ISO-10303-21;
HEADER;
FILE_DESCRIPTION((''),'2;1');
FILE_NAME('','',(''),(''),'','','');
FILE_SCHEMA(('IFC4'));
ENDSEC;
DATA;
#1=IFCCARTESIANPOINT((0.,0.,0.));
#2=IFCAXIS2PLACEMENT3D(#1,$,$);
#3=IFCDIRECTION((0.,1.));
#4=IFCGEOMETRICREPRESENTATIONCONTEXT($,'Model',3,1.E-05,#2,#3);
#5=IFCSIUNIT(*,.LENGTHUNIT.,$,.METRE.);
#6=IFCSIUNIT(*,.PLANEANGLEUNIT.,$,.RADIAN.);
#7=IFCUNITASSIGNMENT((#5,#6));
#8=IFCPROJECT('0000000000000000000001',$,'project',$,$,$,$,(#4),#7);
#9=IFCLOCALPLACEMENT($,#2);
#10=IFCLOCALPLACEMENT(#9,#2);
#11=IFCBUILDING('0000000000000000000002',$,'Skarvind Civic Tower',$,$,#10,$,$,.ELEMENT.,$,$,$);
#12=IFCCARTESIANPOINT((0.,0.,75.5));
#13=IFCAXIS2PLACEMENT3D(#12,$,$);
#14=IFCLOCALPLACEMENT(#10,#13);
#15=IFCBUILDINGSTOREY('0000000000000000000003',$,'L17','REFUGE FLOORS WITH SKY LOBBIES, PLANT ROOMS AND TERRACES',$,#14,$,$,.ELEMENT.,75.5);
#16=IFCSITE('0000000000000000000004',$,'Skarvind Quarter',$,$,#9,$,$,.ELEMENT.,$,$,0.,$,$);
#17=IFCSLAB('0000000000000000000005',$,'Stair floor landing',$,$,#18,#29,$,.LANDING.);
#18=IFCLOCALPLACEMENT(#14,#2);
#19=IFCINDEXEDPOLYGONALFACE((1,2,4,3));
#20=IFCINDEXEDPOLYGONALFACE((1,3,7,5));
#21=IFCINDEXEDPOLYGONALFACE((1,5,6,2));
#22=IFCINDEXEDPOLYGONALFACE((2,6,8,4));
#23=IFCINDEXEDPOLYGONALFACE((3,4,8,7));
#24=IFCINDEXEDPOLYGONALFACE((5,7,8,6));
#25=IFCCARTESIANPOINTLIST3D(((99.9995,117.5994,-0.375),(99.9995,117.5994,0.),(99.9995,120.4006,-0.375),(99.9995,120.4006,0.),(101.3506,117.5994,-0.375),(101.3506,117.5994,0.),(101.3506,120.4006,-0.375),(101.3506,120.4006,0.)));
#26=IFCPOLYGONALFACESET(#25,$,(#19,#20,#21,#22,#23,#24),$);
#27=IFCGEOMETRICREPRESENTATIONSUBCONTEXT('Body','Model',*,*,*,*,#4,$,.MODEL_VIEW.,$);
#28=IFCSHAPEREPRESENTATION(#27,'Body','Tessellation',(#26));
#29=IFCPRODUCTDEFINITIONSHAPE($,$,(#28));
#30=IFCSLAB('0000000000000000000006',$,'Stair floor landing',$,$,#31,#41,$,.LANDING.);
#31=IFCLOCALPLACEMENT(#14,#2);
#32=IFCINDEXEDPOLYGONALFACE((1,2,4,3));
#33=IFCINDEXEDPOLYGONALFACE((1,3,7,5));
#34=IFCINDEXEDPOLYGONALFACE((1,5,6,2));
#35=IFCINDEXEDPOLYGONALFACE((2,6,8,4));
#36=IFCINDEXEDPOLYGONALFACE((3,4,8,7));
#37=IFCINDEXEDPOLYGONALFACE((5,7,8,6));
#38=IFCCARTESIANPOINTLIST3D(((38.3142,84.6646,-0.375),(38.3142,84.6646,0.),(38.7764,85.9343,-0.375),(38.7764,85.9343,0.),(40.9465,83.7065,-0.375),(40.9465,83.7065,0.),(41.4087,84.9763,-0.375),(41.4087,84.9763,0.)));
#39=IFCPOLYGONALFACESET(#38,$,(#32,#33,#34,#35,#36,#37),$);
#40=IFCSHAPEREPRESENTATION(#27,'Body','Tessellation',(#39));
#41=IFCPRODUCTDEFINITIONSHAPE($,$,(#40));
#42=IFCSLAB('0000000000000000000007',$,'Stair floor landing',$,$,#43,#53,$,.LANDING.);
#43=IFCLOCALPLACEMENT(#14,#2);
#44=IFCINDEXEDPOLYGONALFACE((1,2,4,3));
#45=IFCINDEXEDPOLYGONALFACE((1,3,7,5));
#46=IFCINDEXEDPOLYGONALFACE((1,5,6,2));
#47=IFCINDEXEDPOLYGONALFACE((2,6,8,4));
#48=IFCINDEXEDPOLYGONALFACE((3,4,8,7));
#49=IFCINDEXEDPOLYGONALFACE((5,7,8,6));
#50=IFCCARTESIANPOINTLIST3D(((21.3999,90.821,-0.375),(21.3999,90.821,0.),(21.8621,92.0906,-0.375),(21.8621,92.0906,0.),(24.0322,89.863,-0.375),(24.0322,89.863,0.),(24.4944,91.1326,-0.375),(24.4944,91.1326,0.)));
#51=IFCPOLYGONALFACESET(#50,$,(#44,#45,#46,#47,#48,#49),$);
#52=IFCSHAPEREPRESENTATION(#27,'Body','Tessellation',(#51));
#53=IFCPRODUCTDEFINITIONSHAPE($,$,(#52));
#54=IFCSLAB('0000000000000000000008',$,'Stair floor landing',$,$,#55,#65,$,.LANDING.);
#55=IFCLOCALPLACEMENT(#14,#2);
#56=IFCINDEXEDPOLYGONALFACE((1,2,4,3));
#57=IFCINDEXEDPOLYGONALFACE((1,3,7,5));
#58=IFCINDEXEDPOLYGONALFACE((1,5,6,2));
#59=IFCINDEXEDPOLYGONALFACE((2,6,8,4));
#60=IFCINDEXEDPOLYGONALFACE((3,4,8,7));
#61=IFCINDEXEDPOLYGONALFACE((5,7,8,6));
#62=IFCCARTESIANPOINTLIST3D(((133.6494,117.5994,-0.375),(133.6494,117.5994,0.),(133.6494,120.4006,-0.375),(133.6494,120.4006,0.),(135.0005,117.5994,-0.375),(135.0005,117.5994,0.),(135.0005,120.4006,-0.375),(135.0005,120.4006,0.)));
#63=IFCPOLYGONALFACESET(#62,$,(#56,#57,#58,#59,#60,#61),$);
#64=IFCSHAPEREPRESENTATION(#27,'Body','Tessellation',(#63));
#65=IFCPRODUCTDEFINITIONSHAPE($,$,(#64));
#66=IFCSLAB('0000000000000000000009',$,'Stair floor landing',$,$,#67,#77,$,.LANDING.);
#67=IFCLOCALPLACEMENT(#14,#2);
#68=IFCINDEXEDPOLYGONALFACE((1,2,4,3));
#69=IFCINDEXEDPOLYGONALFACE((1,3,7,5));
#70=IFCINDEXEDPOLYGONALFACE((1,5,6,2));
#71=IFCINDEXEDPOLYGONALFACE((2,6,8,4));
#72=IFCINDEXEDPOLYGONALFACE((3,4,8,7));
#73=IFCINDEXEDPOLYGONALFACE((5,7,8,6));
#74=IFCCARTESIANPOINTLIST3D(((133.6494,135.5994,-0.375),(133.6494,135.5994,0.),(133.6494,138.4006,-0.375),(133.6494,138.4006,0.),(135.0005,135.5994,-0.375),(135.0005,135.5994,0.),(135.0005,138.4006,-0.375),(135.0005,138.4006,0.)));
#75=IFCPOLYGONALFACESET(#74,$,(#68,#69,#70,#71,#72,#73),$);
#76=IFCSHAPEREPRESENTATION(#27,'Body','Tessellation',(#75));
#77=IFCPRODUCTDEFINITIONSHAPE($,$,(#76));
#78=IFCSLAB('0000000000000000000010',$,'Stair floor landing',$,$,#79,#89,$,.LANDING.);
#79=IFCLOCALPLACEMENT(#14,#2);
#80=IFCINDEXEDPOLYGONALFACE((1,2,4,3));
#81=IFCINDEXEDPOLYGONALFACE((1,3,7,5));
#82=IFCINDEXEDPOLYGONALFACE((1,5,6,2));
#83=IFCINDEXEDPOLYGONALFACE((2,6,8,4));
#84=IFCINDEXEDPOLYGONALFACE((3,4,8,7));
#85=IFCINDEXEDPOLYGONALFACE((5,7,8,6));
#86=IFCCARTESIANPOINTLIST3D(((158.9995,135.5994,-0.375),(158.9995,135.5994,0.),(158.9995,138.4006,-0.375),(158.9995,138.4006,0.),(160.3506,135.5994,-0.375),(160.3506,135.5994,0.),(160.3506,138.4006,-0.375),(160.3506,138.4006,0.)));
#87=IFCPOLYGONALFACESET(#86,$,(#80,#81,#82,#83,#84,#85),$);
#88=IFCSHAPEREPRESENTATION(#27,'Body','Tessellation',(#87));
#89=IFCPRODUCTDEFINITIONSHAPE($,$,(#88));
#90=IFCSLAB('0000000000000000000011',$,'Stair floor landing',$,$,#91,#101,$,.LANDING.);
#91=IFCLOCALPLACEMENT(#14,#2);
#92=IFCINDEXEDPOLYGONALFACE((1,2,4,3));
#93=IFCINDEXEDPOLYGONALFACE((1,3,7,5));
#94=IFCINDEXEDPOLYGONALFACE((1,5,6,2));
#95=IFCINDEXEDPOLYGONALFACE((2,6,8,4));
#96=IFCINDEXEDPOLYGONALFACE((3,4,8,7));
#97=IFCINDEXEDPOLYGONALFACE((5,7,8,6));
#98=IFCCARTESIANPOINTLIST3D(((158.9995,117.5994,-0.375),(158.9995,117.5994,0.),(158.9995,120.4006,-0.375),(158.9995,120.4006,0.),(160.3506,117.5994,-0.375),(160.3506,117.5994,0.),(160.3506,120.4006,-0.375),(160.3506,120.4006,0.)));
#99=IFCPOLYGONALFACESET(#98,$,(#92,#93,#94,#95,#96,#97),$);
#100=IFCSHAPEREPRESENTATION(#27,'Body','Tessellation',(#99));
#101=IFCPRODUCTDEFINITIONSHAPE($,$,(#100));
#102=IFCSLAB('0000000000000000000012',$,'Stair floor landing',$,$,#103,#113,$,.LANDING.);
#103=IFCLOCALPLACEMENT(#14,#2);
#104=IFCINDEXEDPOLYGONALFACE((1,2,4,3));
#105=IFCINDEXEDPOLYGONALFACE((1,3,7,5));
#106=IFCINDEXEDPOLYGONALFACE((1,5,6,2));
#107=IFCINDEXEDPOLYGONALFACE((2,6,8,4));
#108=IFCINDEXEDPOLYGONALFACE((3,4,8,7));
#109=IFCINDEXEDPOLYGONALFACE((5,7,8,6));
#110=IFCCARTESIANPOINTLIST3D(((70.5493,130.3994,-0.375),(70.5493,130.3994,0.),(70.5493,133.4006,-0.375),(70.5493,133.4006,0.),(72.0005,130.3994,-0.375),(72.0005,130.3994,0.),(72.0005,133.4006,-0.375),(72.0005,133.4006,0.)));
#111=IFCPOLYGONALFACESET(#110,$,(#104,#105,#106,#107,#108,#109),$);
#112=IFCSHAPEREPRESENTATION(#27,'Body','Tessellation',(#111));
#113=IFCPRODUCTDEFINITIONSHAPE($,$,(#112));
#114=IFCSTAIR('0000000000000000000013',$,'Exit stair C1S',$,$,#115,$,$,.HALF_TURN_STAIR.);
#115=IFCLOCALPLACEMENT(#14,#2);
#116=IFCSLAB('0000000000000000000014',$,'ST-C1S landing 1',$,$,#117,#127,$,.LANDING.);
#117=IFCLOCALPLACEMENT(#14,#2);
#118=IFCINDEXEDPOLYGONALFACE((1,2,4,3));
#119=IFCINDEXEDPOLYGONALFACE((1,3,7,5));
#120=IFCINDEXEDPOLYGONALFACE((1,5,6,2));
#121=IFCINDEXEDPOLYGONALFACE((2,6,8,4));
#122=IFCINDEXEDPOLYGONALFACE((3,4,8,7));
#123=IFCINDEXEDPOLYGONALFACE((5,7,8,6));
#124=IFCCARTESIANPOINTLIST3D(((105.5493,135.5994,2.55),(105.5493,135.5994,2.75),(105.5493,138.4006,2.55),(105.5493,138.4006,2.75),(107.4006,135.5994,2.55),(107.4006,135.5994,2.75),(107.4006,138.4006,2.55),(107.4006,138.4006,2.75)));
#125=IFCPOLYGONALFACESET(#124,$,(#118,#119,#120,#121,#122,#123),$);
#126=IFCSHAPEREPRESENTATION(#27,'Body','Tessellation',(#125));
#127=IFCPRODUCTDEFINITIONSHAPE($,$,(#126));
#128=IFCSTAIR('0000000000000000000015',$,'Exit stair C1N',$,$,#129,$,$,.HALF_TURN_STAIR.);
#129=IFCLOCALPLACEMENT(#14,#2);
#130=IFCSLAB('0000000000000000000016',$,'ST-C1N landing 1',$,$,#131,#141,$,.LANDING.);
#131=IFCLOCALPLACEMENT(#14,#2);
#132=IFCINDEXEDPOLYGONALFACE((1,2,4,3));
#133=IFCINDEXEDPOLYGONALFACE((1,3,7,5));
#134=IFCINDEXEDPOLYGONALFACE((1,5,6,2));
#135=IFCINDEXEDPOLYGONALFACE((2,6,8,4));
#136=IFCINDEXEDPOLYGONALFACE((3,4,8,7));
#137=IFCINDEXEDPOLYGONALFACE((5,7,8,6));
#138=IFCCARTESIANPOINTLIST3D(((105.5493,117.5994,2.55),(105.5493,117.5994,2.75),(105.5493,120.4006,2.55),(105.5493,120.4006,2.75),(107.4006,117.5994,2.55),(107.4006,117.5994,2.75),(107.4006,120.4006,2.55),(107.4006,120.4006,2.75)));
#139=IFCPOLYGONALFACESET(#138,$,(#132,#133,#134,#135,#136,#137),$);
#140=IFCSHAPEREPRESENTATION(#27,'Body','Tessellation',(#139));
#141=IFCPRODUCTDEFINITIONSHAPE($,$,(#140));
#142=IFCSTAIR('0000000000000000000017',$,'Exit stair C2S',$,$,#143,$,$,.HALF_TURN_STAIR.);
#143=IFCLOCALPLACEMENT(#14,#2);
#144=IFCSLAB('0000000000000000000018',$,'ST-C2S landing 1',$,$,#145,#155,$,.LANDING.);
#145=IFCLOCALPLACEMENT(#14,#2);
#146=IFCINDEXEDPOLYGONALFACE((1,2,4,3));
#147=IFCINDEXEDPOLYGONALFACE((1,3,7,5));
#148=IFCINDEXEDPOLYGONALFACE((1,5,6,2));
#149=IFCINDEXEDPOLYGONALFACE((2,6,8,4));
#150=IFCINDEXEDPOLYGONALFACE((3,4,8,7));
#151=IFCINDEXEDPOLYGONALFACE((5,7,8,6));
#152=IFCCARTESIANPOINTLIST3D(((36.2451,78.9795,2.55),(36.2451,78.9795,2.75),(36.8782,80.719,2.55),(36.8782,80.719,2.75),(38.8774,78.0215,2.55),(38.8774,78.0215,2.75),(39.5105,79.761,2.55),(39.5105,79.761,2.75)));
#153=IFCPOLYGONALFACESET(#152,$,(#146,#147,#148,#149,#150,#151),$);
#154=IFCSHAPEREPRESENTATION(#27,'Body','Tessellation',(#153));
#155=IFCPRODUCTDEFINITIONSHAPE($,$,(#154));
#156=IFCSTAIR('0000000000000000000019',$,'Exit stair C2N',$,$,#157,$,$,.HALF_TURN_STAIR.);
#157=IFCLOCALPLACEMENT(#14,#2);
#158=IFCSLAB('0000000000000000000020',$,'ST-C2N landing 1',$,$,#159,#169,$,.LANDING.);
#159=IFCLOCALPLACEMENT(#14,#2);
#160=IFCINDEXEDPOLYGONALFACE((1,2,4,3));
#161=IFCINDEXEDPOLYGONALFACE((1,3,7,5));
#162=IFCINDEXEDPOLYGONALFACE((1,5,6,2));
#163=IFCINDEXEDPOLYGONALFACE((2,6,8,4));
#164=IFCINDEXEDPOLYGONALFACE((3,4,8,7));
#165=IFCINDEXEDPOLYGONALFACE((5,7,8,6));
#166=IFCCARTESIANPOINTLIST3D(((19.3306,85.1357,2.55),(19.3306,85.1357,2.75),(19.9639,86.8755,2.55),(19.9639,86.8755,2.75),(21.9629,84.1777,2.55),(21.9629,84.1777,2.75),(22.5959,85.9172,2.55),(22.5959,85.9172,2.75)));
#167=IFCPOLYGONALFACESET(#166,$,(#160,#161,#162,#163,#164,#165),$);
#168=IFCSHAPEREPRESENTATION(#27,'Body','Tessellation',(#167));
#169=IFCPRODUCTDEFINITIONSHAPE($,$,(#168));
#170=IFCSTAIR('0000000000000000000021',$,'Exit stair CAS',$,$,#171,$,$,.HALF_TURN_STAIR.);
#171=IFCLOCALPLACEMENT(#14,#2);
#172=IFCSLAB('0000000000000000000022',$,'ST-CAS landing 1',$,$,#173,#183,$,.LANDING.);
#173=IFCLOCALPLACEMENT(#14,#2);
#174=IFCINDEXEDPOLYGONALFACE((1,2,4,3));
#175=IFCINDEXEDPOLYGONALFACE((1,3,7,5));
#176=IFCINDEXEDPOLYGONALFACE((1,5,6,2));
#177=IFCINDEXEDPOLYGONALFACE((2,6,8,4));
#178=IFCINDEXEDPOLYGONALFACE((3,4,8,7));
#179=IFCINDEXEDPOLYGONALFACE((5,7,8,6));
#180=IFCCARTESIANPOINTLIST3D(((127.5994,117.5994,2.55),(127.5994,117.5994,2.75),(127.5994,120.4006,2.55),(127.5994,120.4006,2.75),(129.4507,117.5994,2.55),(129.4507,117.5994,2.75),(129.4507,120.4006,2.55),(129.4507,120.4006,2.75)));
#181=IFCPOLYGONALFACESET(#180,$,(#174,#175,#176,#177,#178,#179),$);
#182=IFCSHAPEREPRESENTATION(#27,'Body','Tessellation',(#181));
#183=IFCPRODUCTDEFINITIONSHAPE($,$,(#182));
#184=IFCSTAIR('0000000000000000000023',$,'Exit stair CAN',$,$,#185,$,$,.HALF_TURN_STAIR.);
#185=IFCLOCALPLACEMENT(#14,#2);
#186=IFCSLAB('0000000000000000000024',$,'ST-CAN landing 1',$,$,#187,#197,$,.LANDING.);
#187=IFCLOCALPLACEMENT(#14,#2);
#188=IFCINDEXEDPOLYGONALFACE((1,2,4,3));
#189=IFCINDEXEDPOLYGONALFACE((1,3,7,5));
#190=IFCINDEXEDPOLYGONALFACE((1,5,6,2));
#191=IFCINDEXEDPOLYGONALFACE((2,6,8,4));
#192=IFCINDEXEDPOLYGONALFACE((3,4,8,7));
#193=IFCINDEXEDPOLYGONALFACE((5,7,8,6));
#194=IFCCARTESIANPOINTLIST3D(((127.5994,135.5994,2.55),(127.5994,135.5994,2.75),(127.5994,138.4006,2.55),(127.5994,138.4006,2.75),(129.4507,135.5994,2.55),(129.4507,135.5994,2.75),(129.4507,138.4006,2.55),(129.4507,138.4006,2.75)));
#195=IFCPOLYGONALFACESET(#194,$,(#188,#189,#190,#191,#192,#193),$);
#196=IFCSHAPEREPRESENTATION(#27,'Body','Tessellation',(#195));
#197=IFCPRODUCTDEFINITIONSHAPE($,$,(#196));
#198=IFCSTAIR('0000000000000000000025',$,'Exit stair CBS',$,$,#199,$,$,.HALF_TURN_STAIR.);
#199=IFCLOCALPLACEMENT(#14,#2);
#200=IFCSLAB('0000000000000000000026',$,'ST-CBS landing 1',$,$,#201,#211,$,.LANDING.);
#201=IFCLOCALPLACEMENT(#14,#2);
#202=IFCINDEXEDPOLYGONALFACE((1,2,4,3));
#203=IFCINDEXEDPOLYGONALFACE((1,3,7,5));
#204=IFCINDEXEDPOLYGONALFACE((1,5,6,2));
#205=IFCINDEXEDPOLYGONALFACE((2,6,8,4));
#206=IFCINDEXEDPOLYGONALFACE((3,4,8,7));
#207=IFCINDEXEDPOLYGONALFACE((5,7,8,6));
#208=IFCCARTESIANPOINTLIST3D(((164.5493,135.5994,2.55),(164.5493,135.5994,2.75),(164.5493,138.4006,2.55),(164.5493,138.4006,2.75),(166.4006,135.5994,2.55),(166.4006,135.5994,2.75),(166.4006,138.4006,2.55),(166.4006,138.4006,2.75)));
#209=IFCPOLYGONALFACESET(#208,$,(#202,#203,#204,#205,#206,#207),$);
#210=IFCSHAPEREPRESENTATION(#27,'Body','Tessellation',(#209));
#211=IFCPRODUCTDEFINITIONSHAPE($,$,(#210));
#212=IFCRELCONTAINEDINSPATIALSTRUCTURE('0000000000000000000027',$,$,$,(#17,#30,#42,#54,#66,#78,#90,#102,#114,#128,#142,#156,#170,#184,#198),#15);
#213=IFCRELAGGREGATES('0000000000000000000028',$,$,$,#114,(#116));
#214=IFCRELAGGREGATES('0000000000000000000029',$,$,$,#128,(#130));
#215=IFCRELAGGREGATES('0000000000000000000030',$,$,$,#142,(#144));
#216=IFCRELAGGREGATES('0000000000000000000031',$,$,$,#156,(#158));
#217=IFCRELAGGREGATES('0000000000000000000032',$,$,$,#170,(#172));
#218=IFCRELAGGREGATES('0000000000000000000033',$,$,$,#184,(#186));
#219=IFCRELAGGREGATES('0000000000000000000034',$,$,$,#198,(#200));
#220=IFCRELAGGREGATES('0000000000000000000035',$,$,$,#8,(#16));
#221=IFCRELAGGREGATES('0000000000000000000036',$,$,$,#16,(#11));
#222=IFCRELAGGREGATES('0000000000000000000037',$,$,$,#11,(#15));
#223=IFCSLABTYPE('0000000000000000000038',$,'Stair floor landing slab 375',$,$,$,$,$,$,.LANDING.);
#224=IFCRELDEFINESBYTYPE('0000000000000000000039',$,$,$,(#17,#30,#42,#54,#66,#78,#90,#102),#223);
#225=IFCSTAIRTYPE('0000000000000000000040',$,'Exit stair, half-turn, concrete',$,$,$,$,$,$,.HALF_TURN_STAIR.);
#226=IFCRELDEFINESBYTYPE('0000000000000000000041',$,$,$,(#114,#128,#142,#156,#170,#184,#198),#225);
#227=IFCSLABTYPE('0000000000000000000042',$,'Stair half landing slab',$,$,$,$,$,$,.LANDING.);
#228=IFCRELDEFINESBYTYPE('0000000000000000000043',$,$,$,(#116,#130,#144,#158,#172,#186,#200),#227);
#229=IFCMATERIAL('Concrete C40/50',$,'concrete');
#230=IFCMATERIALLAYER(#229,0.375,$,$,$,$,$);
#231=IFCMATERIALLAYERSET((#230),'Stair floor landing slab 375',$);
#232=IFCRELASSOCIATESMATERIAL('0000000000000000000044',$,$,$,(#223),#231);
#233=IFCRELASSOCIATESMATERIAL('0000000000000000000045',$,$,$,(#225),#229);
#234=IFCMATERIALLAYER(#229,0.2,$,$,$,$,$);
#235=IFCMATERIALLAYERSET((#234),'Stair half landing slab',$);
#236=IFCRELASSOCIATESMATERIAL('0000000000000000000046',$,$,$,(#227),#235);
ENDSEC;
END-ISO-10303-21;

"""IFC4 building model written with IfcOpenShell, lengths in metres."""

from ifc_helpers import new_model, si_unit, direction, frame, origin, place, context, subcontext, project, spatial, polyline, outline, extrude, material, layer, layer_set, type_object, element, aggregate, save


model = new_model("IFC4")

# Units and contexts
model_context = context("Model", 3, precision=1e-05, world=origin(), true_north=direction((0.0, 1.0)))
body_context = subcontext(model_context, "Body", "Model", "MODEL_VIEW")
ifc_project = project(units=[si_unit("LENGTHUNIT", "METRE"), si_unit("PLANEANGLEUNIT", "RADIAN")], contexts=[model_context])

# Site, building, storey
site_placement = place(None, origin())
site = spatial("IfcSite", under=ifc_project, at=site_placement, Name="Skarvind Quarter", CompositionType="ELEMENT", RefElevation=0.0)
building_placement = place(site_placement, origin())
building = spatial("IfcBuilding", under=site, at=building_placement, Name="Skarvind Civic Tower", CompositionType="ELEMENT")
storey_placement = place(building_placement, frame((0.0, 0.0, 75.5)))
storey = spatial("IfcBuildingStorey", under=building, at=storey_placement, Name="L17", Description="REFUGE FLOORS WITH SKY LOBBIES, PLANT ROOMS AND TERRACES", CompositionType="ELEMENT", Elevation=75.5)

# Slabs
ifc_material_1 = material(Name="Concrete C40/50", Category="concrete")
ifc_layer_1 = layer(ifc_material_1, 0.375)
ifc_layer_set_1 = layer_set([ifc_layer_1], Name="Stair floor landing slab 375")
slab_type_1 = type_object("IfcSlabType", Name="Stair floor landing slab 375", PredefinedType="LANDING", material=ifc_layer_set_1)
slab_1_placement = place(storey_placement, frame((0.0, 0.0, -0.375)))
element("IfcSlab", 1, at=slab_1_placement, inside=storey, type_object=slab_type_1, Name="Stair floor landing", PredefinedType="LANDING", context=body_context, shape_type="SweptSolid", body=[
    extrude(outline(polyline([(101.3506, 120.4006), (101.3506, 117.5994), (99.9995, 117.5994), (99.9995, 120.4006), (101.3506, 120.4006)])), origin(), (0.0, 0.0, 1.0), 0.375),
])
slab_2_placement = place(storey_placement, frame((0.0, 0.0, -0.375)))
element("IfcSlab", 2, at=slab_2_placement, inside=storey, type_object=slab_type_1, Name="Stair floor landing", PredefinedType="LANDING", context=body_context, shape_type="SweptSolid", body=[
    extrude(outline(polyline([(40.9465, 83.7065), (38.3142, 84.6646), (38.7764, 85.9343), (41.4087, 84.9763), (40.9465, 83.7065)])), origin(), (0.0, 0.0, 1.0), 0.375),
])
slab_3_placement = place(storey_placement, frame((0.0, 0.0, -0.375)))
element("IfcSlab", 3, at=slab_3_placement, inside=storey, type_object=slab_type_1, Name="Stair floor landing", PredefinedType="LANDING", context=body_context, shape_type="SweptSolid", body=[
    extrude(outline(polyline([(24.0322, 89.863), (21.3999, 90.821), (21.8621, 92.0906), (24.4944, 91.1326), (24.0322, 89.863)])), origin(), (0.0, 0.0, 1.0), 0.375),
])
slab_4_placement = place(storey_placement, frame((0.0, 0.0, -0.375)))
element("IfcSlab", 4, at=slab_4_placement, inside=storey, type_object=slab_type_1, Name="Stair floor landing", PredefinedType="LANDING", context=body_context, shape_type="SweptSolid", body=[
    extrude(outline(polyline([(133.6494, 117.5994), (133.6494, 120.4006), (135.0005, 120.4006), (135.0005, 117.5994), (133.6494, 117.5994)])), origin(), (0.0, 0.0, 1.0), 0.375),
])
slab_5_placement = place(storey_placement, frame((0.0, 0.0, -0.375)))
element("IfcSlab", 5, at=slab_5_placement, inside=storey, type_object=slab_type_1, Name="Stair floor landing", PredefinedType="LANDING", context=body_context, shape_type="SweptSolid", body=[
    extrude(outline(polyline([(133.6494, 135.5994), (133.6494, 138.4006), (135.0005, 138.4006), (135.0005, 135.5994), (133.6494, 135.5994)])), origin(), (0.0, 0.0, 1.0), 0.375),
])
slab_6_placement = place(storey_placement, frame((0.0, 0.0, -0.375)))
element("IfcSlab", 6, at=slab_6_placement, inside=storey, type_object=slab_type_1, Name="Stair floor landing", PredefinedType="LANDING", context=body_context, shape_type="SweptSolid", body=[
    extrude(outline(polyline([(160.3506, 138.4006), (160.3506, 135.5994), (158.9995, 135.5994), (158.9995, 138.4006), (160.3506, 138.4006)])), origin(), (0.0, 0.0, 1.0), 0.375),
])
slab_7_placement = place(storey_placement, frame((0.0, 0.0, -0.375)))
element("IfcSlab", 7, at=slab_7_placement, inside=storey, type_object=slab_type_1, Name="Stair floor landing", PredefinedType="LANDING", context=body_context, shape_type="SweptSolid", body=[
    extrude(outline(polyline([(160.3506, 120.4006), (160.3506, 117.5994), (158.9995, 117.5994), (158.9995, 120.4006), (160.3506, 120.4006)])), origin(), (0.0, 0.0, 1.0), 0.375),
])
slab_8_placement = place(storey_placement, frame((0.0, 0.0, -0.375)))
element("IfcSlab", 8, at=slab_8_placement, inside=storey, type_object=slab_type_1, Name="Stair floor landing", PredefinedType="LANDING", context=body_context, shape_type="SweptSolid", body=[
    extrude(outline(polyline([(70.5493, 130.3994), (70.5493, 133.4006), (72.0005, 133.4006), (72.0005, 130.3994), (70.5493, 130.3994)])), origin(), (0.0, 0.0, 1.0), 0.375),
])

# Stairs, slabs
stair_type_1 = type_object("IfcStairType", Name="Exit stair, half-turn, concrete", PredefinedType="HALF_TURN_STAIR", material=ifc_material_1)
stair_1_placement = place(storey_placement, origin())
stair_1 = element("IfcStair", 9, at=stair_1_placement, inside=storey, type_object=stair_type_1, Name="Exit stair C1S", PredefinedType="HALF_TURN_STAIR")
ifc_layer_2 = layer(ifc_material_1, 0.2)
ifc_layer_set_2 = layer_set([ifc_layer_2], Name="Stair half landing slab")
slab_type_2 = type_object("IfcSlabType", Name="Stair half landing slab", PredefinedType="LANDING", material=ifc_layer_set_2)
slab_9_placement = place(storey_placement, frame((0.0, 0.0, 2.55)))
slab_9 = element("IfcSlab", 10, at=slab_9_placement, type_object=slab_type_2, Name="ST-C1S landing 1", PredefinedType="LANDING", context=body_context, shape_type="SweptSolid", body=[
    extrude(outline(polyline([(105.5493, 135.5994), (105.5493, 138.4006), (107.4006, 138.4006), (107.4006, 135.5994), (105.5493, 135.5994)])), origin(), (0.0, 0.0, 1.0), 0.2),
])
aggregate(stair_1, [slab_9])
stair_2_placement = place(storey_placement, origin())
stair_2 = element("IfcStair", 11, at=stair_2_placement, inside=storey, type_object=stair_type_1, Name="Exit stair C1N", PredefinedType="HALF_TURN_STAIR")
slab_10_placement = place(storey_placement, frame((0.0, 0.0, 2.55)))
slab_10 = element("IfcSlab", 12, at=slab_10_placement, type_object=slab_type_2, Name="ST-C1N landing 1", PredefinedType="LANDING", context=body_context, shape_type="SweptSolid", body=[
    extrude(outline(polyline([(105.5493, 117.5994), (105.5493, 120.4006), (107.4006, 120.4006), (107.4006, 117.5994), (105.5493, 117.5994)])), origin(), (0.0, 0.0, 1.0), 0.2),
])
aggregate(stair_2, [slab_10])
stair_3_placement = place(storey_placement, origin())
stair_3 = element("IfcStair", 13, at=stair_3_placement, inside=storey, type_object=stair_type_1, Name="Exit stair C2S", PredefinedType="HALF_TURN_STAIR")
slab_11_placement = place(storey_placement, frame((0.0, 0.0, 2.55)))
slab_11 = element("IfcSlab", 14, at=slab_11_placement, type_object=slab_type_2, Name="ST-C2S landing 1", PredefinedType="LANDING", context=body_context, shape_type="SweptSolid", body=[
    extrude(outline(polyline([(36.8782, 80.719), (39.5105, 79.761), (38.8774, 78.0215), (36.2451, 78.9795), (36.8782, 80.719)])), origin(), (0.0, 0.0, 1.0), 0.2),
])
aggregate(stair_3, [slab_11])
stair_4_placement = place(storey_placement, origin())
stair_4 = element("IfcStair", 15, at=stair_4_placement, inside=storey, type_object=stair_type_1, Name="Exit stair C2N", PredefinedType="HALF_TURN_STAIR")
slab_12_placement = place(storey_placement, frame((0.0, 0.0, 2.55)))
slab_12 = element("IfcSlab", 16, at=slab_12_placement, type_object=slab_type_2, Name="ST-C2N landing 1", PredefinedType="LANDING", context=body_context, shape_type="SweptSolid", body=[
    extrude(outline(polyline([(19.9639, 86.8755), (22.5959, 85.9172), (21.9629, 84.1777), (19.3306, 85.1357), (19.9639, 86.8755)])), origin(), (0.0, 0.0, 1.0), 0.2),
])
aggregate(stair_4, [slab_12])
stair_5_placement = place(storey_placement, origin())
stair_5 = element("IfcStair", 17, at=stair_5_placement, inside=storey, type_object=stair_type_1, Name="Exit stair CAS", PredefinedType="HALF_TURN_STAIR")
slab_13_placement = place(storey_placement, frame((0.0, 0.0, 2.55)))
slab_13 = element("IfcSlab", 18, at=slab_13_placement, type_object=slab_type_2, Name="ST-CAS landing 1", PredefinedType="LANDING", context=body_context, shape_type="SweptSolid", body=[
    extrude(outline(polyline([(129.4507, 120.4006), (129.4507, 117.5994), (127.5994, 117.5994), (127.5994, 120.4006), (129.4507, 120.4006)])), origin(), (0.0, 0.0, 1.0), 0.2),
])
aggregate(stair_5, [slab_13])
stair_6_placement = place(storey_placement, origin())
stair_6 = element("IfcStair", 19, at=stair_6_placement, inside=storey, type_object=stair_type_1, Name="Exit stair CAN", PredefinedType="HALF_TURN_STAIR")
slab_14_placement = place(storey_placement, frame((0.0, 0.0, 2.55)))
slab_14 = element("IfcSlab", 20, at=slab_14_placement, type_object=slab_type_2, Name="ST-CAN landing 1", PredefinedType="LANDING", context=body_context, shape_type="SweptSolid", body=[
    extrude(outline(polyline([(129.4507, 138.4006), (129.4507, 135.5994), (127.5994, 135.5994), (127.5994, 138.4006), (129.4507, 138.4006)])), origin(), (0.0, 0.0, 1.0), 0.2),
])
aggregate(stair_6, [slab_14])
stair_7_placement = place(storey_placement, origin())
stair_7 = element("IfcStair", 21, at=stair_7_placement, inside=storey, type_object=stair_type_1, Name="Exit stair CBS", PredefinedType="HALF_TURN_STAIR")
slab_15_placement = place(storey_placement, frame((0.0, 0.0, 2.55)))
slab_15 = element("IfcSlab", 22, at=slab_15_placement, type_object=slab_type_2, Name="ST-CBS landing 1", PredefinedType="LANDING", context=body_context, shape_type="SweptSolid", body=[
    extrude(outline(polyline([(164.5493, 135.5994), (164.5493, 138.4006), (166.4006, 138.4006), (166.4006, 135.5994), (164.5493, 135.5994)])), origin(), (0.0, 0.0, 1.0), 0.2),
])
aggregate(stair_7, [slab_15])

save(model, "model.ifc")
